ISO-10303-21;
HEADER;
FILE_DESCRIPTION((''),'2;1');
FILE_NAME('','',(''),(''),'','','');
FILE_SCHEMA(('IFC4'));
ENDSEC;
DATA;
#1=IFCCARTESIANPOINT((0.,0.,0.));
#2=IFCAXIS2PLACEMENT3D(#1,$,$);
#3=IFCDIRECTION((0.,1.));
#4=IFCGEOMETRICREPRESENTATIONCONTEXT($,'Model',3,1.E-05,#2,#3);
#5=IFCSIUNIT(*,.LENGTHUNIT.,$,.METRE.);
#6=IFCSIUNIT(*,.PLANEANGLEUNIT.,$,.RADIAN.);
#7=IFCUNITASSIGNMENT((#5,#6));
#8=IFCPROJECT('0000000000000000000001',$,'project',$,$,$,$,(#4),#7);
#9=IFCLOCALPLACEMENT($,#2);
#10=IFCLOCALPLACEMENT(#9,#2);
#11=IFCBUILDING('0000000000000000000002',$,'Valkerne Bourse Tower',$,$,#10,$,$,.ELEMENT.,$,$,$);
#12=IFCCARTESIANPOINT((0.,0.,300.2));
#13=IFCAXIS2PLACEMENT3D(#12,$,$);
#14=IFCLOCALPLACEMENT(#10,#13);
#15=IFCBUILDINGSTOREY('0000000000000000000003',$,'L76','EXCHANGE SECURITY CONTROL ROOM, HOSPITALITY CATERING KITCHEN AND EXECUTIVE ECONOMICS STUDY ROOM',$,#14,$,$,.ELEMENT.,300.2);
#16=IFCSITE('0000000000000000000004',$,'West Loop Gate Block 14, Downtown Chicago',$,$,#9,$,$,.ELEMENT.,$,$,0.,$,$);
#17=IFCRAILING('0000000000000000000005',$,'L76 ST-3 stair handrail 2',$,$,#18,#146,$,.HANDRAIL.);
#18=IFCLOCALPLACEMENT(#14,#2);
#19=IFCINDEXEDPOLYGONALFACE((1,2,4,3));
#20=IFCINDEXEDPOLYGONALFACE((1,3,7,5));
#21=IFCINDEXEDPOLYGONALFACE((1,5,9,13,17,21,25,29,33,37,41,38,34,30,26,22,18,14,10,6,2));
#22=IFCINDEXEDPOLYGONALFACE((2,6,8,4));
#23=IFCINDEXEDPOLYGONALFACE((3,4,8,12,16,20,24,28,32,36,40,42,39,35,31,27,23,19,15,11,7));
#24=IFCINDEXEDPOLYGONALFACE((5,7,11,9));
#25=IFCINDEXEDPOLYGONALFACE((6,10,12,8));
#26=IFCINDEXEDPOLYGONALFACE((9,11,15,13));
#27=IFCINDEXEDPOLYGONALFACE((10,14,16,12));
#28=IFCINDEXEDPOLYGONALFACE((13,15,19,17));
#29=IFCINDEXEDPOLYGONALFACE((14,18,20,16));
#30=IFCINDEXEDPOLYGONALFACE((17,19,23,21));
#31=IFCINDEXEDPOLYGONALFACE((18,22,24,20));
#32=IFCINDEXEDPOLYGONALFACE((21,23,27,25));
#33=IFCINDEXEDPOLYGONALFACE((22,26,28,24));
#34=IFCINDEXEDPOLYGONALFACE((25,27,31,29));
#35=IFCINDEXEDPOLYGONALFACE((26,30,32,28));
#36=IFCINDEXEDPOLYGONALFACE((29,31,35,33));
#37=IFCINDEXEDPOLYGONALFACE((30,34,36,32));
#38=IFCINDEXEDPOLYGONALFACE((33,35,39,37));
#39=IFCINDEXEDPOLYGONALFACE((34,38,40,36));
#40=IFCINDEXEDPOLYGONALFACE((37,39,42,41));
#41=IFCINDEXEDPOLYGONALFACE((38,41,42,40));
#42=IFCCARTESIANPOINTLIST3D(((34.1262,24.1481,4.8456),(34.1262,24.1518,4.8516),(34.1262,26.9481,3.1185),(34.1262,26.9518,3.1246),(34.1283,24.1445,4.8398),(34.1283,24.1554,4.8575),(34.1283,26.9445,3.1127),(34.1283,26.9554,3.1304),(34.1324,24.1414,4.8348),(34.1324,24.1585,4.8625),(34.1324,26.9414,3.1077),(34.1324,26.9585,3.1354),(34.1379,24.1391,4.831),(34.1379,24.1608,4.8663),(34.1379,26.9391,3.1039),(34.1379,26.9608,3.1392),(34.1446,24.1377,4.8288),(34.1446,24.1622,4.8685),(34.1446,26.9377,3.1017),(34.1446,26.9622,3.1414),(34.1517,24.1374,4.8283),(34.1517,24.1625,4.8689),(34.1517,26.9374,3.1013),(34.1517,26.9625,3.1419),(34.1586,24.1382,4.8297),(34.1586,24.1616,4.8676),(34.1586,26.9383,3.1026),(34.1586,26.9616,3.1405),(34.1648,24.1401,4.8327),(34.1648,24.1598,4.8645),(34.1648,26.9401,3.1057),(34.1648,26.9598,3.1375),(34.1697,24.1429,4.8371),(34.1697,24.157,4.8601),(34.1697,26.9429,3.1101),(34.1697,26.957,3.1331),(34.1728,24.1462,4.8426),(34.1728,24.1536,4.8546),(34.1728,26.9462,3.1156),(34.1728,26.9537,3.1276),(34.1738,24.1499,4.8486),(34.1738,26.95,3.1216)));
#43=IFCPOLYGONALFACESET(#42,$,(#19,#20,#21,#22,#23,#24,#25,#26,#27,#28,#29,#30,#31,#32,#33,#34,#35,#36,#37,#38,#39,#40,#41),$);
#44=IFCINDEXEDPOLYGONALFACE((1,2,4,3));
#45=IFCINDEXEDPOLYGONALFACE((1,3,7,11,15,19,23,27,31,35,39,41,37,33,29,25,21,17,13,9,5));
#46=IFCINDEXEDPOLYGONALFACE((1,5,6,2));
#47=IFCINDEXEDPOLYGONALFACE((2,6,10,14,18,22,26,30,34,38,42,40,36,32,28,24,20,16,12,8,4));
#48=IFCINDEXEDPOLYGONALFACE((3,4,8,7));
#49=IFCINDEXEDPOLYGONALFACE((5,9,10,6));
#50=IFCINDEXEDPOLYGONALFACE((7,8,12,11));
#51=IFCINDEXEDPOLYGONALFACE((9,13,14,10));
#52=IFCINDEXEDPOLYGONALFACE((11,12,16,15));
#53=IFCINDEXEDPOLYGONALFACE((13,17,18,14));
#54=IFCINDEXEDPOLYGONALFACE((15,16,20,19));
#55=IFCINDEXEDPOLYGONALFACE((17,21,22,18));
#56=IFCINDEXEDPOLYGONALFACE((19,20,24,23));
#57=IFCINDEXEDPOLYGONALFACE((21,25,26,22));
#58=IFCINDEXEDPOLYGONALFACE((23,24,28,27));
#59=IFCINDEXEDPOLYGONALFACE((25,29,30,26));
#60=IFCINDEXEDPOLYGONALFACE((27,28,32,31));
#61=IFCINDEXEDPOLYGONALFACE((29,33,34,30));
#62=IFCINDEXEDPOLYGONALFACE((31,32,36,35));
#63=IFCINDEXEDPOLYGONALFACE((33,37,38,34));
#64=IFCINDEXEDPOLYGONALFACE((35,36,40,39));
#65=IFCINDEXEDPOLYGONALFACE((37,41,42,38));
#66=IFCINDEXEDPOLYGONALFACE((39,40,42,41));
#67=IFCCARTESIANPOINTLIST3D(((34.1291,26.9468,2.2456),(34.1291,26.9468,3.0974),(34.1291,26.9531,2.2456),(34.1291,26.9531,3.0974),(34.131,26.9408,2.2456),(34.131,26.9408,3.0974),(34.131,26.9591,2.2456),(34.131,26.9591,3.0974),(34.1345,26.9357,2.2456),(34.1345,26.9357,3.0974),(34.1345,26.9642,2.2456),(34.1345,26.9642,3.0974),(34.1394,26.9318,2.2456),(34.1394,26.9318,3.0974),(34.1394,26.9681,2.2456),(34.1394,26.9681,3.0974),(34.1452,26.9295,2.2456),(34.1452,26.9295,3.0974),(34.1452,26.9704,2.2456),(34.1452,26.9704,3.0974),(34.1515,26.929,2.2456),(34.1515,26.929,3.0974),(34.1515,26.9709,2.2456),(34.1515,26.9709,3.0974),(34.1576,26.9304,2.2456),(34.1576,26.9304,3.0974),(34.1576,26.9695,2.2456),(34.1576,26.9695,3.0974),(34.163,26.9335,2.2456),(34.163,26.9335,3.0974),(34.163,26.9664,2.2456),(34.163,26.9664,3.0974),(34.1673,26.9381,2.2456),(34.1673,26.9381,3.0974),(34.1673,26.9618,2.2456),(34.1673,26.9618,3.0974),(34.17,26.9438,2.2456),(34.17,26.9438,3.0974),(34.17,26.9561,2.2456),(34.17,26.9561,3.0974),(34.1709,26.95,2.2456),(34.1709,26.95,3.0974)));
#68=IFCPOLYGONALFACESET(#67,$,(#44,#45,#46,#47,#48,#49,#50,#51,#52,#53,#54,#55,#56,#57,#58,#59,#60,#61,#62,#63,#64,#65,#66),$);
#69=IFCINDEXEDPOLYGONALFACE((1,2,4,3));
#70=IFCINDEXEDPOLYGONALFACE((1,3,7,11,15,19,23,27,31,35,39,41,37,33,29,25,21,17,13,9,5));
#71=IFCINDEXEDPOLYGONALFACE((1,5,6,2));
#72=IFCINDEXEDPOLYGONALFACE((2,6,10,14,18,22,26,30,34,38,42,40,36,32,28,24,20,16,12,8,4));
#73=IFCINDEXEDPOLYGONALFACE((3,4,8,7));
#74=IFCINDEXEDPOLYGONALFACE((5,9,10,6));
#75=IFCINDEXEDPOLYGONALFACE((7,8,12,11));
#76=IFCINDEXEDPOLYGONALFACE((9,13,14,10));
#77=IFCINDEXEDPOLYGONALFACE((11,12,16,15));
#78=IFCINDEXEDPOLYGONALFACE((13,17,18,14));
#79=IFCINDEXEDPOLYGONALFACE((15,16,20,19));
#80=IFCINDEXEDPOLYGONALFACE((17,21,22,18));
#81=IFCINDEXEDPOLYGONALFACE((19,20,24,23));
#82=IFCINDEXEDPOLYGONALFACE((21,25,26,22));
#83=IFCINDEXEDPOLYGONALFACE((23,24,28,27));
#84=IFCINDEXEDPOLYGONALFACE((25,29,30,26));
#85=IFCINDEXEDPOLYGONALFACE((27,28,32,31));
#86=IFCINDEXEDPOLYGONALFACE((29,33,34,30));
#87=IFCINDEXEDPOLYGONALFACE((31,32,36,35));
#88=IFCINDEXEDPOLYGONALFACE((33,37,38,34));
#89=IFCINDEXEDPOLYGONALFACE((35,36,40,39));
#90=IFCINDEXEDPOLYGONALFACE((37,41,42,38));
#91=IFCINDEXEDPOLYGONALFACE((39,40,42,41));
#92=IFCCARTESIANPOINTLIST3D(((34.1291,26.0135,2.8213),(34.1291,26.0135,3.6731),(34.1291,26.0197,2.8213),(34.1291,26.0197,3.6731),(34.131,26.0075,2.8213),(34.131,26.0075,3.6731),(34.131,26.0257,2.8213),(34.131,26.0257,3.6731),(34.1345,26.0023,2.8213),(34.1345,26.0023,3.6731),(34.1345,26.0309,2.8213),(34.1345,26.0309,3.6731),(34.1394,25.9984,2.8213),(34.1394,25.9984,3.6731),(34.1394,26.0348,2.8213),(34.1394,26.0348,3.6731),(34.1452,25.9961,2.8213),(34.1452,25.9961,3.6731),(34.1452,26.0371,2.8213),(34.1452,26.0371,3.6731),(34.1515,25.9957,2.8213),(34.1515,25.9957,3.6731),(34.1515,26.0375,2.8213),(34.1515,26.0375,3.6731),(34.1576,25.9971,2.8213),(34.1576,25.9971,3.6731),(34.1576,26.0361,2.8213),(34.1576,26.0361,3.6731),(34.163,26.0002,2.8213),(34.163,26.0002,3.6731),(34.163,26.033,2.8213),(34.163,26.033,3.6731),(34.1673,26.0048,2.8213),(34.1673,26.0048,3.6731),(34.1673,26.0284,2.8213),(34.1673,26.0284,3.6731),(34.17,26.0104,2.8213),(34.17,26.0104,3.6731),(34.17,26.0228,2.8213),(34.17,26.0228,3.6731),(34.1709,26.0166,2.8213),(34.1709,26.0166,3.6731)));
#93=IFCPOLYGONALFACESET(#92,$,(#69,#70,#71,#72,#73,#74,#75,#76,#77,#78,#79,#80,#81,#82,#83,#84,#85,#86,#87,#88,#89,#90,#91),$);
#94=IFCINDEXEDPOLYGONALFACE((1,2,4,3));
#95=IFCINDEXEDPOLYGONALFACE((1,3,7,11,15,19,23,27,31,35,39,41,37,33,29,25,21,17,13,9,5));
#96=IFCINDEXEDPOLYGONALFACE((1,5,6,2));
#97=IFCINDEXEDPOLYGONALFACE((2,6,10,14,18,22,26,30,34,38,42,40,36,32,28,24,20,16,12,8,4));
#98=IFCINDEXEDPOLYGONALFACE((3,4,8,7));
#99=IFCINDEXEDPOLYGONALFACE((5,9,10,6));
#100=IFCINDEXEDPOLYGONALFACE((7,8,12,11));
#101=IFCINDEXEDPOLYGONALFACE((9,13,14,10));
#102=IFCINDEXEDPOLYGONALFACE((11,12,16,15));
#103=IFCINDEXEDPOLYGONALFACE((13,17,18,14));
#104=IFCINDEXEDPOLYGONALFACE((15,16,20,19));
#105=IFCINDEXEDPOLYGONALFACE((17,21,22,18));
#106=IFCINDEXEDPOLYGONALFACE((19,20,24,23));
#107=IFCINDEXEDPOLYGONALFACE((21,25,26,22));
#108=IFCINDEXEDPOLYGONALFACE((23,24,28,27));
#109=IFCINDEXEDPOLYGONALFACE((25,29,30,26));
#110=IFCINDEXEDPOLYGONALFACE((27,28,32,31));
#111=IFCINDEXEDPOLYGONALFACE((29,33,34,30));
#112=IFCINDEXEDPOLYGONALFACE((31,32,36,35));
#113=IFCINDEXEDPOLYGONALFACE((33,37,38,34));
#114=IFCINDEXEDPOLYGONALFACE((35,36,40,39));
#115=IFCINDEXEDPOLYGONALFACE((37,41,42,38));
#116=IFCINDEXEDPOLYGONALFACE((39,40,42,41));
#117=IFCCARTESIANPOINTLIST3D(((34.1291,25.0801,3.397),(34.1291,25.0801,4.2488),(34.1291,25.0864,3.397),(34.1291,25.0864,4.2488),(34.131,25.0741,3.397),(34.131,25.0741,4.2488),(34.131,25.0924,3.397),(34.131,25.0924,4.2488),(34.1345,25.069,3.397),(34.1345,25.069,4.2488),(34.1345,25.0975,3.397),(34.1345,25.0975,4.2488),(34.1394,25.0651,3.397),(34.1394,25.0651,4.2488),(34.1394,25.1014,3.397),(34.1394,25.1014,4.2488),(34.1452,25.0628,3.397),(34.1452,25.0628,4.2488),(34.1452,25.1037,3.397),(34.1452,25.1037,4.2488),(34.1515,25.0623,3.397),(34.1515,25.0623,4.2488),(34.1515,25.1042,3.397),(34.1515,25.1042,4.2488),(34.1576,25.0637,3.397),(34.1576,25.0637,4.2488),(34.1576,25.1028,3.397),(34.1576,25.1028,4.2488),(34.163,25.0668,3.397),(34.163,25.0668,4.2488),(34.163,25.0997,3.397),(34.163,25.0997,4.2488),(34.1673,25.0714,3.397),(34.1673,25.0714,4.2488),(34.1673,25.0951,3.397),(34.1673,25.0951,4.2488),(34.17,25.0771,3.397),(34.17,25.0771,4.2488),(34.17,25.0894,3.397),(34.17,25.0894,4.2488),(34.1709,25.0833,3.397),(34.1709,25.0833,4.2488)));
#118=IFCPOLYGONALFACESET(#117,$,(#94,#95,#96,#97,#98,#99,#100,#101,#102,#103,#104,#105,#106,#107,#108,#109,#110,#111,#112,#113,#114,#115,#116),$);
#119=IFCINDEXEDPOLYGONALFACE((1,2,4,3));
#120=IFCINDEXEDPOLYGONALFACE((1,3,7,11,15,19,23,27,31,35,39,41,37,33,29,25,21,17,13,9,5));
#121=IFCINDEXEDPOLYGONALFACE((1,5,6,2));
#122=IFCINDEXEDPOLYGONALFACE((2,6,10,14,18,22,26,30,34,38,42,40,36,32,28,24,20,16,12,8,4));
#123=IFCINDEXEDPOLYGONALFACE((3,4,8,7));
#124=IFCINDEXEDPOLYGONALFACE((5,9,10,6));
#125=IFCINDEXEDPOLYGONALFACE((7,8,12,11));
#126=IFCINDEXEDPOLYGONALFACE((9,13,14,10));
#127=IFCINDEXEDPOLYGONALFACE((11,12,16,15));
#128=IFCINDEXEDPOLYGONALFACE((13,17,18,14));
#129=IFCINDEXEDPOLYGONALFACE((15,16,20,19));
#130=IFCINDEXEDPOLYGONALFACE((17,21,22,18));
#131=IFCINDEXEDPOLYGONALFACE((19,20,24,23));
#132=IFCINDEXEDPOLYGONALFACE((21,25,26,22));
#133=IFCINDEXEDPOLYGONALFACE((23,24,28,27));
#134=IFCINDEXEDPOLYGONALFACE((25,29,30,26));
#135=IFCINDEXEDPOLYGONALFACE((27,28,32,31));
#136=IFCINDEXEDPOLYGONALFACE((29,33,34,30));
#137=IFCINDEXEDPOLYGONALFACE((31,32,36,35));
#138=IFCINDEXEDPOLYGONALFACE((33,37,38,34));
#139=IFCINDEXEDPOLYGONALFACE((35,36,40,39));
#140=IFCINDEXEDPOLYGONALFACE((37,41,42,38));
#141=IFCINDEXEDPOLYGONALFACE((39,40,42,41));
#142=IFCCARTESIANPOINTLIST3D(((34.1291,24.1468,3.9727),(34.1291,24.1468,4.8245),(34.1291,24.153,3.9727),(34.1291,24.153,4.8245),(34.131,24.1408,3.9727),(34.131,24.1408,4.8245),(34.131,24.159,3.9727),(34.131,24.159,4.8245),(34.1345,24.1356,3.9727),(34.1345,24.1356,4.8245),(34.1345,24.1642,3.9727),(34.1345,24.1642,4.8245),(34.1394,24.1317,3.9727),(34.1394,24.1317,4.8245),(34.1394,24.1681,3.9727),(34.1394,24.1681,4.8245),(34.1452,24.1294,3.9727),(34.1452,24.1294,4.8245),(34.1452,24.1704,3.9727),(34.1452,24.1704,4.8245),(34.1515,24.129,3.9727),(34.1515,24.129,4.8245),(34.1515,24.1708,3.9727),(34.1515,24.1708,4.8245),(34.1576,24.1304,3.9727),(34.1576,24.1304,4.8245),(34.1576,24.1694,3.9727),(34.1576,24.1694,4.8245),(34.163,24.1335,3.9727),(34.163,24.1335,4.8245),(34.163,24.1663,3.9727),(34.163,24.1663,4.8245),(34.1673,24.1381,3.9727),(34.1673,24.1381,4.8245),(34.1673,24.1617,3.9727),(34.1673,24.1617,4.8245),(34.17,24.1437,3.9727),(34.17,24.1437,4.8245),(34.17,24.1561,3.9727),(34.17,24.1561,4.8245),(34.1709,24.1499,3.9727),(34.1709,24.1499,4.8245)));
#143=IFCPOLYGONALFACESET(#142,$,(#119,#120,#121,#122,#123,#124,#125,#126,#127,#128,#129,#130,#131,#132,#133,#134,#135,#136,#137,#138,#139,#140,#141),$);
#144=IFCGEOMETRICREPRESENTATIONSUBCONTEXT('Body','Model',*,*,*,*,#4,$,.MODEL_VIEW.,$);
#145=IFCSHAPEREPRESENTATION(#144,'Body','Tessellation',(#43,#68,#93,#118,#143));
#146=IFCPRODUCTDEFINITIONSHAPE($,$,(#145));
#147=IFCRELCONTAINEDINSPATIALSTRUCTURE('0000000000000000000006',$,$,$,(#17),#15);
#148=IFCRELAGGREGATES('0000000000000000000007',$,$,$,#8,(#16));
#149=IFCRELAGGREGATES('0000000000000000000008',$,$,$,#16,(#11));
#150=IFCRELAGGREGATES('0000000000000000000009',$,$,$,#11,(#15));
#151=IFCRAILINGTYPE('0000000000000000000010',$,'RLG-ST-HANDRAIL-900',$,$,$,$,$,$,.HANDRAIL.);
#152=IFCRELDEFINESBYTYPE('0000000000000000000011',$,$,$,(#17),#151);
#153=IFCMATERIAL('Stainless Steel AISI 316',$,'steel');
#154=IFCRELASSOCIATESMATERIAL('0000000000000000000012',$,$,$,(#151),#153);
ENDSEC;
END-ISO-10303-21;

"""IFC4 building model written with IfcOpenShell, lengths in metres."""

from ifc_helpers import new_model, si_unit, direction, frame, origin, origin_2d, place, context, subcontext, project, spatial, circle, extrude, material, type_object, element, save


model = new_model("IFC4")

# Units and contexts
model_context = context("Model", 3, precision=1e-05, world=origin(), true_north=direction((0.0, 1.0)))
body_context = subcontext(model_context, "Body", "Model", "MODEL_VIEW")
ifc_project = project(units=[si_unit("LENGTHUNIT", "METRE"), si_unit("PLANEANGLEUNIT", "RADIAN")], contexts=[model_context])

# Site, building, storey
site_placement = place(None, origin())
site = spatial("IfcSite", under=ifc_project, at=site_placement, Name="West Loop Gate Block 14, Downtown Chicago", CompositionType="ELEMENT", RefElevation=0.0)
building_placement = place(site_placement, origin())
building = spatial("IfcBuilding", under=site, at=building_placement, Name="Valkerne Bourse Tower", CompositionType="ELEMENT")
storey_placement = place(building_placement, frame((0.0, 0.0, 300.2)))
storey = spatial("IfcBuildingStorey", under=building, at=storey_placement, Name="L76", Description="EXCHANGE SECURITY CONTROL ROOM, HOSPITALITY CATERING KITCHEN AND EXECUTIVE ECONOMICS STUDY ROOM", CompositionType="ELEMENT", Elevation=300.2)

# Shared definitions
ifc_material_1 = material(Name="Stainless Steel AISI 316", Category="steel")

# Railing
railing_type_1 = type_object("IfcRailingType", Name="RLG-ST-HANDRAIL-900", PredefinedType="HANDRAIL", material=ifc_material_1)
railing_1_placement = place(storey_placement, frame((34.1499, 26.95, 2.2456)))
element("IfcRailing", 1, at=railing_1_placement, inside=storey, type_object=railing_type_1, Name="L76 ST-3 stair handrail 2", PredefinedType="HANDRAIL", context=body_context, shape_type="SweptSolid", body=[
    extrude(circle(Radius=0.0239, at=origin_2d()), frame((0.0, 0.0, 0.876), z_axis=(0.0, -0.851123, 0.524967), x_axis=(1.0, 0.0, 0.0)), (0.0, 0.0, 1.0), 3.2898),
    extrude(circle(Radius=0.021, at=origin_2d()), origin(), (0.0, 0.0, 1.0), 0.8518),
    extrude(circle(Radius=0.021, at=origin_2d()), frame((0.0, -0.9333, 0.5757)), (0.0, 0.0, 1.0), 0.8518),
    extrude(circle(Radius=0.021, at=origin_2d()), frame((0.0, -1.8667, 1.1514)), (0.0, 0.0, 1.0), 0.8518),
    extrude(circle(Radius=0.021, at=origin_2d()), frame((0.0, -2.8, 1.7271)), (0.0, 0.0, 1.0), 0.8518),
])

save(model, "model.ifc")
